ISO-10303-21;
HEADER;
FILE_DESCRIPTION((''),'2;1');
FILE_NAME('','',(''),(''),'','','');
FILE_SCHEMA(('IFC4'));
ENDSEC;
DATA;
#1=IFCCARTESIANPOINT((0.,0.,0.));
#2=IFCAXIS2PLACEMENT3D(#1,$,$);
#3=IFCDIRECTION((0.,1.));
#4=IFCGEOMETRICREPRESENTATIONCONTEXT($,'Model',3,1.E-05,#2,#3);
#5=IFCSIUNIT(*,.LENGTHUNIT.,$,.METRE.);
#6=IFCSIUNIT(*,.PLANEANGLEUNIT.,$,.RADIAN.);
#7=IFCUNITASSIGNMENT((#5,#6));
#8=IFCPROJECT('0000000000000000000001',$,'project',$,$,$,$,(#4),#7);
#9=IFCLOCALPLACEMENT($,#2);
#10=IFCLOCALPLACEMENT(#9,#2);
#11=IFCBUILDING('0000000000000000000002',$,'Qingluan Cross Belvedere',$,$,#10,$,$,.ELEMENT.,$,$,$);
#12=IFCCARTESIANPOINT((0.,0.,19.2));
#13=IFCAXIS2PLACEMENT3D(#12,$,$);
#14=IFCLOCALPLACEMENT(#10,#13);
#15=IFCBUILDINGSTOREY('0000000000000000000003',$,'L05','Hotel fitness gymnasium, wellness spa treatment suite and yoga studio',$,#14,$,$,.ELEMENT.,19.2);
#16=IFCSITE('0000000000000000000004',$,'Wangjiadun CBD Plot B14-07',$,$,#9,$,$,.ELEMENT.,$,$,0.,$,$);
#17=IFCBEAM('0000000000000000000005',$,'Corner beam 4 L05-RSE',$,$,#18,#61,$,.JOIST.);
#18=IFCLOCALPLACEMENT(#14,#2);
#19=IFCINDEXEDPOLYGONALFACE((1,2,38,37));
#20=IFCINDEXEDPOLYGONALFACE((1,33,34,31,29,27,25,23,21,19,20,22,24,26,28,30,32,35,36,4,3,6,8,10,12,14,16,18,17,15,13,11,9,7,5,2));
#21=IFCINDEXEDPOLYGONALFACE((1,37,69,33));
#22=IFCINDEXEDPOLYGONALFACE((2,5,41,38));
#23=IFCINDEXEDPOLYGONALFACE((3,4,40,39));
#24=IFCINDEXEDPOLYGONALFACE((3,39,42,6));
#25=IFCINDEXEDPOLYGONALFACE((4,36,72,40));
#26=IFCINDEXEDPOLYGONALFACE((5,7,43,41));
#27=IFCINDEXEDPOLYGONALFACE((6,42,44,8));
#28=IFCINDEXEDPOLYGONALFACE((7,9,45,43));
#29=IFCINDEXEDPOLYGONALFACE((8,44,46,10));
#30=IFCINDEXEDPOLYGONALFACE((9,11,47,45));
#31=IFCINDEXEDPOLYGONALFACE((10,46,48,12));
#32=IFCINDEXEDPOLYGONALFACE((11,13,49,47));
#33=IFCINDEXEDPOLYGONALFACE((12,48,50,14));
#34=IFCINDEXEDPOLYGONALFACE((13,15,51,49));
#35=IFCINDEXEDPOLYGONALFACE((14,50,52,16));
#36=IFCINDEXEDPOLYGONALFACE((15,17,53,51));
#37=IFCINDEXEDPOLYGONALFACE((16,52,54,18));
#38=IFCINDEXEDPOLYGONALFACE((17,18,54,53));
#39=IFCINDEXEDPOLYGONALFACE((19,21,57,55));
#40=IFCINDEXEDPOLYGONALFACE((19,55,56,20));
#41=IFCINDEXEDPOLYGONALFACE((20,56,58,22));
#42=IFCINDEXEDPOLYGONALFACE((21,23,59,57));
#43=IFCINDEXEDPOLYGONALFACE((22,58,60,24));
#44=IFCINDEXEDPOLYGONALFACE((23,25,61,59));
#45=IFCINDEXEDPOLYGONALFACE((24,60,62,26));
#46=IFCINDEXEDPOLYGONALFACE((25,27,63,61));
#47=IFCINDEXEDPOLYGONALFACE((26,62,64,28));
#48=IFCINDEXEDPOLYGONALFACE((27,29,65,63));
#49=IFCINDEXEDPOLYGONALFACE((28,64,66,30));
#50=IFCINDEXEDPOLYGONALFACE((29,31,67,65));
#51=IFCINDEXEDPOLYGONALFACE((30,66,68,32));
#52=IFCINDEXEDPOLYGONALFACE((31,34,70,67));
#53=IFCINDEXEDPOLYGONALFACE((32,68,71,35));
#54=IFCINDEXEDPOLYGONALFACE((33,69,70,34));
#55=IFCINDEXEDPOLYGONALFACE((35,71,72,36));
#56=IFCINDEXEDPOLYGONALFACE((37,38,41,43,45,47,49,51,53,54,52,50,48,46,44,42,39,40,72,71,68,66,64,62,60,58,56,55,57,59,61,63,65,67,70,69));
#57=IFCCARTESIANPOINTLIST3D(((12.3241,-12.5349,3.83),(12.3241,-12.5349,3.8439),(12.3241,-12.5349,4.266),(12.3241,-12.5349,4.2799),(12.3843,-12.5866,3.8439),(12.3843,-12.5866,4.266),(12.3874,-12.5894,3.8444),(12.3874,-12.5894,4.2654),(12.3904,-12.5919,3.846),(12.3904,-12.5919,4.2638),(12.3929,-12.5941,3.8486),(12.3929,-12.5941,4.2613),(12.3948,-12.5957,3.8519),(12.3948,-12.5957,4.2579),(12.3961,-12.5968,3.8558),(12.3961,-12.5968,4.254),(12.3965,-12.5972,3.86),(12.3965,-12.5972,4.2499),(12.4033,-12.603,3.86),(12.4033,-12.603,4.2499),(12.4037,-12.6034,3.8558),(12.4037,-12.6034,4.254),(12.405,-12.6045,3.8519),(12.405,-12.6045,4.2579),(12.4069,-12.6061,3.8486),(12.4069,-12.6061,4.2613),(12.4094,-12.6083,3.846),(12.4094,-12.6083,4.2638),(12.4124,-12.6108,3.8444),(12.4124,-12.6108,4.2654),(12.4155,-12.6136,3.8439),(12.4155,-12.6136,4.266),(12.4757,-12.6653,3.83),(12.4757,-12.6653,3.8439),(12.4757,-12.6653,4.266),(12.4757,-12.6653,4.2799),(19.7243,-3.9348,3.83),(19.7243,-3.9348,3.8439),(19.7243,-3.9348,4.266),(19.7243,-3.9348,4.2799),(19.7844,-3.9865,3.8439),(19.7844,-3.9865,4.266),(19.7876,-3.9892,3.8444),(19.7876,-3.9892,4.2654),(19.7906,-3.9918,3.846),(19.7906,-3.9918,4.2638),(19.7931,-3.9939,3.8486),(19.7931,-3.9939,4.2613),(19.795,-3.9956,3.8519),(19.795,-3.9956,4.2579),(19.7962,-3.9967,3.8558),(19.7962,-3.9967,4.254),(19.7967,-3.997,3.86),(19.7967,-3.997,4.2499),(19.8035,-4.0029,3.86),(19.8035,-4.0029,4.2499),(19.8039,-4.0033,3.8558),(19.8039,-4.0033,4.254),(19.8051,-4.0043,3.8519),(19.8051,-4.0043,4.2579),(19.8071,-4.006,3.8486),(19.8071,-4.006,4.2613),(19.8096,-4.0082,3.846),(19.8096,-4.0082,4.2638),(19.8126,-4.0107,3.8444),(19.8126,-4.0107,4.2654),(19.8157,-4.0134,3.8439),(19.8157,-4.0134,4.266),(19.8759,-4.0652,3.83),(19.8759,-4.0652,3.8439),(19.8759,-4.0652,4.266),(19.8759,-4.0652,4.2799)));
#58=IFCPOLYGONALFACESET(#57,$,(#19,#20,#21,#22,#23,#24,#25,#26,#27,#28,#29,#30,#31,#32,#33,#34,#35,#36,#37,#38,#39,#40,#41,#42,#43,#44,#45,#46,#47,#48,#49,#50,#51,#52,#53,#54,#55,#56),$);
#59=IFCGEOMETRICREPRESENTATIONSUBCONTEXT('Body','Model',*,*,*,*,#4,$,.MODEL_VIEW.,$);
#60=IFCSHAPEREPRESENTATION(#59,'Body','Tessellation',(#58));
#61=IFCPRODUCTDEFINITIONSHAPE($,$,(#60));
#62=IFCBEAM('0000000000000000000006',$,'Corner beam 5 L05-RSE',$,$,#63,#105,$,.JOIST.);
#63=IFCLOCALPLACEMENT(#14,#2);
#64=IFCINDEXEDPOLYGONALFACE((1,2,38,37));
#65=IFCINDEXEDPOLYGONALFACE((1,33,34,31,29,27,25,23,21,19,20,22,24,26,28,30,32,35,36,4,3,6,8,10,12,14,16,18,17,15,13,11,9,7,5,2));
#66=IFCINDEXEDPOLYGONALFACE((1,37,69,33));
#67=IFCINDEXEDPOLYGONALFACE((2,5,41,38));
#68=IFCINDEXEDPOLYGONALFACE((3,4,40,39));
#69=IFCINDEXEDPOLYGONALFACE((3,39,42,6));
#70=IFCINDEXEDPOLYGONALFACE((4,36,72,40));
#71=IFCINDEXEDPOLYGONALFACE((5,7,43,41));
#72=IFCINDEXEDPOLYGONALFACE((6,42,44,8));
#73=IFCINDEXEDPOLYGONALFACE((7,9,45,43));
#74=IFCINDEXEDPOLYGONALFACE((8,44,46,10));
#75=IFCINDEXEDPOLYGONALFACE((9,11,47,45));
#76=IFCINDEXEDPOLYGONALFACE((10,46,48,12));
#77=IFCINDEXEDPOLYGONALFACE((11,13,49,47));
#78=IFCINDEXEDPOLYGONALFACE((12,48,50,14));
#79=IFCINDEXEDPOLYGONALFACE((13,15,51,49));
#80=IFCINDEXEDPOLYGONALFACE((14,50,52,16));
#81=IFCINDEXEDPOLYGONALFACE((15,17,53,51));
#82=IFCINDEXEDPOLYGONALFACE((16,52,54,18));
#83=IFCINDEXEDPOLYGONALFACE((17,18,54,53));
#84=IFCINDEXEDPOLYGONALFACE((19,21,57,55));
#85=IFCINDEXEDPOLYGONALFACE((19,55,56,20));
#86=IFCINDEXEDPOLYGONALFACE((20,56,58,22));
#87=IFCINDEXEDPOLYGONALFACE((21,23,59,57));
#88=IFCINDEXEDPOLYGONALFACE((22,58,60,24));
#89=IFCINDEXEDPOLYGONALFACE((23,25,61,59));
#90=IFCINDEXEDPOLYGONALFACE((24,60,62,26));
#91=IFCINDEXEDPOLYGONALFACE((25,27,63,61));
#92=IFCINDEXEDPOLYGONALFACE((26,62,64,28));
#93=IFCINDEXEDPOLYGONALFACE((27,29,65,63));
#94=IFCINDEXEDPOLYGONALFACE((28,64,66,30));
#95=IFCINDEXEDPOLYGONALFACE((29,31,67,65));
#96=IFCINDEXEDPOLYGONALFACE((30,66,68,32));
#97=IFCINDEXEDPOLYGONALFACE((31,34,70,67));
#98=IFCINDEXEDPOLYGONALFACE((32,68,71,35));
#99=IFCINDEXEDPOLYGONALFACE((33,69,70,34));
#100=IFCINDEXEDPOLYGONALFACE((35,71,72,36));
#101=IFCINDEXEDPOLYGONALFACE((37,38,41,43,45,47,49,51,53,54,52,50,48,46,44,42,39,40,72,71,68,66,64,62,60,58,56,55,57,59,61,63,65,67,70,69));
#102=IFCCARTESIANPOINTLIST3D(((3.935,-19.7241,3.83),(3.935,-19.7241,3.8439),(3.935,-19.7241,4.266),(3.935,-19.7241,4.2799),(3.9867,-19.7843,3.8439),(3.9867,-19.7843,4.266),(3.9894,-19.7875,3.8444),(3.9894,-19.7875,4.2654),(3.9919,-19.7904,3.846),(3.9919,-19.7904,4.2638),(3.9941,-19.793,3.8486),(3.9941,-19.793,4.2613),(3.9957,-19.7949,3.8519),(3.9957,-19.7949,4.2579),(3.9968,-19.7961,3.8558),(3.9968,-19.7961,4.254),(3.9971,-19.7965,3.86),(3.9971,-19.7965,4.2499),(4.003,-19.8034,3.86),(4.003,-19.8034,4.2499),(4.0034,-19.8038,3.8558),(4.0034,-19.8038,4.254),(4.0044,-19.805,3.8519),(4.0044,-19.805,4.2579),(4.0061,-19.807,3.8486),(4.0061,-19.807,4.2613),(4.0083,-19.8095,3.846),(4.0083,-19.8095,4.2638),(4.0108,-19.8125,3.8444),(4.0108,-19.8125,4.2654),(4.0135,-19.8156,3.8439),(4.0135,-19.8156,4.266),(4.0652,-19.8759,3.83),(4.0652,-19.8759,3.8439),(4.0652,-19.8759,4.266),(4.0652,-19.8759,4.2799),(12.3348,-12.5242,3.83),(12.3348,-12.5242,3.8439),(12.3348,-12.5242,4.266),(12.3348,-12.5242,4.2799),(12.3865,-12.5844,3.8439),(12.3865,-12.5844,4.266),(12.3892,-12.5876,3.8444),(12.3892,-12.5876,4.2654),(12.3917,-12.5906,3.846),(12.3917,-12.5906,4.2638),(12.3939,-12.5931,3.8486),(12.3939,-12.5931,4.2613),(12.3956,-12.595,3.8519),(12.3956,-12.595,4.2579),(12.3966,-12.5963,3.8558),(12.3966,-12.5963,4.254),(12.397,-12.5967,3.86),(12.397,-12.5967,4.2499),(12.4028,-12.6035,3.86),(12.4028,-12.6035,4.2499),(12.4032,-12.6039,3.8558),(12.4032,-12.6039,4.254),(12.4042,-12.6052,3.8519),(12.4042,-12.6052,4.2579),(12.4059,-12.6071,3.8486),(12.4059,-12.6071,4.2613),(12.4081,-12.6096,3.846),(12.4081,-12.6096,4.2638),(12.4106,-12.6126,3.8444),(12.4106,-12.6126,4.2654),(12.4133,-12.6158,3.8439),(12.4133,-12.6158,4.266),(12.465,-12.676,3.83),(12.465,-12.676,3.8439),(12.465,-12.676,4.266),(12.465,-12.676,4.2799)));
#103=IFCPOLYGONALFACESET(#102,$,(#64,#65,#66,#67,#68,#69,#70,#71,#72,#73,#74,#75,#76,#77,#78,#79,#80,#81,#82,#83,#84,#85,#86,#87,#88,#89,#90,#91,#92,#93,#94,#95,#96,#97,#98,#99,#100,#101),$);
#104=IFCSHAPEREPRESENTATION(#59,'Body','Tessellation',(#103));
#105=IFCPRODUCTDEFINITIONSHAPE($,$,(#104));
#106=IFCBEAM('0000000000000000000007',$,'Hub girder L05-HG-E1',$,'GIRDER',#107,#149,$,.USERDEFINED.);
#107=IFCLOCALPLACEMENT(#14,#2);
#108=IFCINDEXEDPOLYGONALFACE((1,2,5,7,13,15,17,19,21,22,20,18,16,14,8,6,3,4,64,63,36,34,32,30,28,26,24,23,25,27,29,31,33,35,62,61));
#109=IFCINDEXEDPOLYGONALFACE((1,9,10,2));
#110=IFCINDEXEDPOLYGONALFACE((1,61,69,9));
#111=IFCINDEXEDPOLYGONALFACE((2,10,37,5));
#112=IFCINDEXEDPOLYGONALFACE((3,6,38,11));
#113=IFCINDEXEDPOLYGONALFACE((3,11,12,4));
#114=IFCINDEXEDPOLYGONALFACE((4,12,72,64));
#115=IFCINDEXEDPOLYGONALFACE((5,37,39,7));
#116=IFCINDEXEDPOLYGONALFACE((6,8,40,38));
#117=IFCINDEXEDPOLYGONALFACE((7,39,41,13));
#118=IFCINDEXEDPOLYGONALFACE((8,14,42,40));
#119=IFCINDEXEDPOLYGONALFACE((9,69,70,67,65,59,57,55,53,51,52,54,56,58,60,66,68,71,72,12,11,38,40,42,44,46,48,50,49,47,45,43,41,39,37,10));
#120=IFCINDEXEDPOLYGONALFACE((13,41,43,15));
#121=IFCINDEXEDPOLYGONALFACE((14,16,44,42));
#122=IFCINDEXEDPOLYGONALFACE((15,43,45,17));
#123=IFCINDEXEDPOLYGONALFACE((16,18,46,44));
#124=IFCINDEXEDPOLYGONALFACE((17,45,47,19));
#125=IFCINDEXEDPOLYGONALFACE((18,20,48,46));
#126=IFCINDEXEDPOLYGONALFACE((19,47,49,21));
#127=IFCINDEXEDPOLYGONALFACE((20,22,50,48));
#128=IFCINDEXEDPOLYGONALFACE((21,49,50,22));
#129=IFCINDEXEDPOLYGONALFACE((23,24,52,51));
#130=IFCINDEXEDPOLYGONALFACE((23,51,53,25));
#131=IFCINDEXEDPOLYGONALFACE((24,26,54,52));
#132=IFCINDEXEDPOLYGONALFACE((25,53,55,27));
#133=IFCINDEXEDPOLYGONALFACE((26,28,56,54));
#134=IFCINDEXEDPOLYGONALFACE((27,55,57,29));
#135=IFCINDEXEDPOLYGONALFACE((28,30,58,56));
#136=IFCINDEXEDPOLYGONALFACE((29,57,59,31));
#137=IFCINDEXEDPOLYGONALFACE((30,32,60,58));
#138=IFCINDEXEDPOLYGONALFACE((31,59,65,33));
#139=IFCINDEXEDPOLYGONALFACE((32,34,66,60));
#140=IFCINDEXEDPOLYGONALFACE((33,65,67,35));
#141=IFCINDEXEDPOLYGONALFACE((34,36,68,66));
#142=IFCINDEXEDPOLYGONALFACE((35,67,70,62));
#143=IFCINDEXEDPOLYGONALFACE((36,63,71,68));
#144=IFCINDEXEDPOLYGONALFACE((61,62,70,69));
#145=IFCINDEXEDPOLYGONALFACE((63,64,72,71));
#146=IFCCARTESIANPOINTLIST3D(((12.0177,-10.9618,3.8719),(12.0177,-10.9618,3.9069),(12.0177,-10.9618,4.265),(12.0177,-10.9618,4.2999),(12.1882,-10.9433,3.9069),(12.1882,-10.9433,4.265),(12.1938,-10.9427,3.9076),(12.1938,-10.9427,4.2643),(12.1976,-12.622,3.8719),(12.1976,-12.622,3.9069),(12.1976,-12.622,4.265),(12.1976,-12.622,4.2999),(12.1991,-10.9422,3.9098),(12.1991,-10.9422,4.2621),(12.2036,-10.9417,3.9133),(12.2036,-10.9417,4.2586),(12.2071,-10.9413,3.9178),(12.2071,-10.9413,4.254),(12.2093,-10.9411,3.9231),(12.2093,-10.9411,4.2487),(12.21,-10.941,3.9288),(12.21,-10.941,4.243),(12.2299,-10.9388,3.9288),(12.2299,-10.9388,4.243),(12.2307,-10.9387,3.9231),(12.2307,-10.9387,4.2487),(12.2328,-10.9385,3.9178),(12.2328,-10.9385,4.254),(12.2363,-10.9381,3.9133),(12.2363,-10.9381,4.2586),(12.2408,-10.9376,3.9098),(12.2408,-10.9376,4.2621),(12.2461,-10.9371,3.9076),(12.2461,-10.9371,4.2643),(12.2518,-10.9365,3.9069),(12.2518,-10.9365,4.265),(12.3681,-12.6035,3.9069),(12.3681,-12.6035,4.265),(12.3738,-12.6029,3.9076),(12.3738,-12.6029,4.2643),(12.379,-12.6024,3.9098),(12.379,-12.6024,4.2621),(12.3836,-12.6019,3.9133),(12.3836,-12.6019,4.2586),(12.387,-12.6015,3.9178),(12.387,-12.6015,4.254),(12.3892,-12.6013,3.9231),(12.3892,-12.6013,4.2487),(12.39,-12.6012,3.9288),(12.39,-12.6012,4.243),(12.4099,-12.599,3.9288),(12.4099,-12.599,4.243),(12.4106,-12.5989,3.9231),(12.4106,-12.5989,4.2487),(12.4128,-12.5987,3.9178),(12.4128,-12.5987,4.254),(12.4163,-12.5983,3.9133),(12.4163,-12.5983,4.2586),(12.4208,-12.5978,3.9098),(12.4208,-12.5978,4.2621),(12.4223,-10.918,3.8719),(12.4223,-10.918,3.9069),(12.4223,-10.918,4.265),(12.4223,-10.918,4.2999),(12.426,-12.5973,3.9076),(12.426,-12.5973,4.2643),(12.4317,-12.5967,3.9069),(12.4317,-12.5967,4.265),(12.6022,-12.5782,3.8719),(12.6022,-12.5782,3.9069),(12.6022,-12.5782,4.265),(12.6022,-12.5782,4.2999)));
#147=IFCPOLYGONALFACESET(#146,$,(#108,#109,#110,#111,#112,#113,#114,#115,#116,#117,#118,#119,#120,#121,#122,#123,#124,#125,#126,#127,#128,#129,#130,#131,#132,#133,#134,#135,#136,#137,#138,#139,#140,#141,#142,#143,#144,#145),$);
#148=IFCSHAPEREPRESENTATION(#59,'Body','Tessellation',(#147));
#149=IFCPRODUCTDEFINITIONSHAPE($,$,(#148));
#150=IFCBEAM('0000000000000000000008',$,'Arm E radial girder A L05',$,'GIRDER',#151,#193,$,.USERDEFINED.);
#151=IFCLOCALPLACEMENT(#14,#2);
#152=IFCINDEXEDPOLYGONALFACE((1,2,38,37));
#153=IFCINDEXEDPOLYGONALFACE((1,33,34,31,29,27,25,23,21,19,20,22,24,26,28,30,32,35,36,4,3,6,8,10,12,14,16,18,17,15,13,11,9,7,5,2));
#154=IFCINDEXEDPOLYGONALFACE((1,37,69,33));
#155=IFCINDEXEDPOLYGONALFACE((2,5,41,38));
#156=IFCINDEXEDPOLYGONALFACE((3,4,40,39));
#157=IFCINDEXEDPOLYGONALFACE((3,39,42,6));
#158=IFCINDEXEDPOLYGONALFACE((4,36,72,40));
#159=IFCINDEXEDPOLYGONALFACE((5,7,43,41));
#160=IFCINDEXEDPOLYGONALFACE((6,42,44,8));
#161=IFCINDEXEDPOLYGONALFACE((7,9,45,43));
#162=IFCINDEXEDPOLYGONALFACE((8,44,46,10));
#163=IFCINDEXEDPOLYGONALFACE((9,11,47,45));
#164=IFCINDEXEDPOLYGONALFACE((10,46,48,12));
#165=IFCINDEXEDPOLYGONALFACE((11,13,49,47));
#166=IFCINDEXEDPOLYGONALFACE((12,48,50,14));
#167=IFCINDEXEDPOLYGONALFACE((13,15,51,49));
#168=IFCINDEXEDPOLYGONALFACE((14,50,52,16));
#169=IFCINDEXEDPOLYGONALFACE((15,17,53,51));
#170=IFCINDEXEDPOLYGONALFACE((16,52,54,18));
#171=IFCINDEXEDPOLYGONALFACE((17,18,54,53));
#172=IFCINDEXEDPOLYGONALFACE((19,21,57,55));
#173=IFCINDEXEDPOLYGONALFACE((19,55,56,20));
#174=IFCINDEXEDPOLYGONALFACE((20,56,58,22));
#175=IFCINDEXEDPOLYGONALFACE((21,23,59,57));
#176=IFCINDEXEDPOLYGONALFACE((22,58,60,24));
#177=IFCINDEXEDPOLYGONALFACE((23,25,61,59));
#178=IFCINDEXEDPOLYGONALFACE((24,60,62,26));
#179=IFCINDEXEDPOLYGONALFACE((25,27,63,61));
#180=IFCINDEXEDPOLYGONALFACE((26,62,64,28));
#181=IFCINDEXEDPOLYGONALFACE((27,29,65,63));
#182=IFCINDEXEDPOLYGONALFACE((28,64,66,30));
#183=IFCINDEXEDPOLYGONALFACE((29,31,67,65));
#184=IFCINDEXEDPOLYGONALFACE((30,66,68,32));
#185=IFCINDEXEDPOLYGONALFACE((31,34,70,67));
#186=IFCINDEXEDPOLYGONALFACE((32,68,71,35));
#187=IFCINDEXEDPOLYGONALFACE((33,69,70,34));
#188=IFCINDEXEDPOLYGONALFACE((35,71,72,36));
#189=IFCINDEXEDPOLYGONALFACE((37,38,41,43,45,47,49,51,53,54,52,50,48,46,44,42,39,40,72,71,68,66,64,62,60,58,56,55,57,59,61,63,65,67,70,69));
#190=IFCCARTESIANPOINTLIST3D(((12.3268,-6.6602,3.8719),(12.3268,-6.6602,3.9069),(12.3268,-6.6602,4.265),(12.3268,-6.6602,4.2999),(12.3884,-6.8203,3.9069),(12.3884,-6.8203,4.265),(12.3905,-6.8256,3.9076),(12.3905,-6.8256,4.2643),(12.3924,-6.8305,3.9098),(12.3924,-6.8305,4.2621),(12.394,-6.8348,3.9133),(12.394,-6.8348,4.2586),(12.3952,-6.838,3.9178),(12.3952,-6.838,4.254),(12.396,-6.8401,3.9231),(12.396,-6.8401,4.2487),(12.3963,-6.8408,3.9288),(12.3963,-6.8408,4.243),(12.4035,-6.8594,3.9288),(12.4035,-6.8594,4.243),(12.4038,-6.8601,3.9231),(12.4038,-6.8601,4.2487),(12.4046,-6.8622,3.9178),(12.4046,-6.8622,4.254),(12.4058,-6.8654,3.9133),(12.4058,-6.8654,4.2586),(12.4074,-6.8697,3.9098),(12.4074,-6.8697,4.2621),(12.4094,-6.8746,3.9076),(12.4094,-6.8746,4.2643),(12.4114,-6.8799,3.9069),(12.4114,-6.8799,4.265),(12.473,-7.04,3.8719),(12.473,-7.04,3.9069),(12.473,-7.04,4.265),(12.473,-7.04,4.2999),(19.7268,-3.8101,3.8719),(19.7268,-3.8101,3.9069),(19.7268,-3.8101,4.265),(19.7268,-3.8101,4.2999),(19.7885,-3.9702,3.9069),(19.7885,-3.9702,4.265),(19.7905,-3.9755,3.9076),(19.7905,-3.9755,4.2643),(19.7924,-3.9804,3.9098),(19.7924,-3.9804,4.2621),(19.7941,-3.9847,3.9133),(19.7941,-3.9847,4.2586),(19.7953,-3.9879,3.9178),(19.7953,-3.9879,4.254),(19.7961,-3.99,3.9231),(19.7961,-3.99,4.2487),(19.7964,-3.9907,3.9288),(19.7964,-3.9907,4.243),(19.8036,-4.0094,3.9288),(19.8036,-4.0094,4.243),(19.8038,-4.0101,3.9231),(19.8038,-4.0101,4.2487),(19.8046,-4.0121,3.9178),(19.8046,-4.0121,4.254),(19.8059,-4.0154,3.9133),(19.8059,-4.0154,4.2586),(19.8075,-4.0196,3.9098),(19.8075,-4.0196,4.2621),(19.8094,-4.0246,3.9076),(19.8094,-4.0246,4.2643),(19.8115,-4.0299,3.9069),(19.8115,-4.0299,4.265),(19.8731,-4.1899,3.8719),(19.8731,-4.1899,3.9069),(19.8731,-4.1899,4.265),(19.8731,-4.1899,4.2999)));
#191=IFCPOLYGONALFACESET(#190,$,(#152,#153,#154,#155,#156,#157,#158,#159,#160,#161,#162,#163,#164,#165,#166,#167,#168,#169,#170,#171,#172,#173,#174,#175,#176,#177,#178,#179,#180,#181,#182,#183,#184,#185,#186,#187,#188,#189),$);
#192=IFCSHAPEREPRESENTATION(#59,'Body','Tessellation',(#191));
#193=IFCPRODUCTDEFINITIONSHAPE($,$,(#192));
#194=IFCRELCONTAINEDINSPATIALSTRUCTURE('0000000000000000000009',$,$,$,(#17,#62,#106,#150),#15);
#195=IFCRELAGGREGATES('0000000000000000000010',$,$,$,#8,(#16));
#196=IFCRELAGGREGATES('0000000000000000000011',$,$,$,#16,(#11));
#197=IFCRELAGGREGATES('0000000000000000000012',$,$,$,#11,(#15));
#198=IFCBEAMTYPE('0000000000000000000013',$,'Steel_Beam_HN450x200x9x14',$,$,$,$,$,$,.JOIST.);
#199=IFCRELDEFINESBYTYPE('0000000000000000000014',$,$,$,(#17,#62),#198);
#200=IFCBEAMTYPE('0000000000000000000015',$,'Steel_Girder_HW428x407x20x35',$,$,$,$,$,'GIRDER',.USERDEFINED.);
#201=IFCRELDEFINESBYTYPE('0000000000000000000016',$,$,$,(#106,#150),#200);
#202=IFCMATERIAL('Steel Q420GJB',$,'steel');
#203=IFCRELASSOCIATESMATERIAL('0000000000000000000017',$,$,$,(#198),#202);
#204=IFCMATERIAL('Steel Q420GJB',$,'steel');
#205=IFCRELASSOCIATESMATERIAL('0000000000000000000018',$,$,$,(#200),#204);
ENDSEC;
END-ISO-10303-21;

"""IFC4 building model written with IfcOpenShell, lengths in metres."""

from ifc_helpers import new_model, si_unit, direction, frame, origin, origin_2d, place, context, subcontext, project, spatial, i_section, extrude, material, material_profile, profile_set, type_object, element, save


model = new_model("IFC4")

# Units and contexts
model_context = context("Model", 3, precision=1e-05, world=origin(), true_north=direction((0.0, 1.0)))
body_context = subcontext(model_context, "Body", "Model", "MODEL_VIEW")
ifc_project = project(units=[si_unit("LENGTHUNIT", "METRE"), si_unit("PLANEANGLEUNIT", "RADIAN")], contexts=[model_context])

# Site, building, storey
site_placement = place(None, origin())
site = spatial("IfcSite", under=ifc_project, at=site_placement, Name="Wangjiadun CBD Plot B14-07", CompositionType="ELEMENT", RefElevation=0.0)
building_placement = place(site_placement, origin())
building = spatial("IfcBuilding", under=site, at=building_placement, Name="Qingluan Cross Belvedere", CompositionType="ELEMENT")
storey_placement = place(building_placement, frame((0.0, 0.0, 19.2)))
storey = spatial("IfcBuildingStorey", under=building, at=storey_placement, Name="L05", Description="Hotel fitness gymnasium, wellness spa treatment suite and yoga studio", CompositionType="ELEMENT", Elevation=19.2)

# Beams
ifc_material_1 = material(Name="Steel Q420GJB", Category="steel")
ifc_material_profile_1 = material_profile(ifc_material_1, i_section(OverallWidth=0.2, OverallDepth=0.45, WebThickness=0.009, FlangeThickness=0.0139, FilletRadius=0.0161, at=origin_2d()), Name="HN450x200x9x14")
ifc_profile_set_1 = profile_set([ifc_material_profile_1], Name="Steel Q420GJB")
beam_type_1 = type_object("IfcBeamType", Name="Steel_Beam_HN450x200x9x14", PredefinedType="JOIST", material=ifc_profile_set_1)
beam_1_placement = place(storey_placement, frame((12.3999, -12.6001, 4.0549), z_axis=(0.652245, 0.758008, 0.0), x_axis=(-0.758008, 0.652245, 0.0)))
element("IfcBeam", 1, at=beam_1_placement, inside=storey, type_object=beam_type_1, Name="Corner beam 4 L05-RSE", PredefinedType="JOIST", context=body_context, shape_type="SweptSolid", body=[
    extrude(i_section(OverallWidth=0.2, OverallDepth=0.45, WebThickness=0.009, FlangeThickness=0.0139, FilletRadius=0.0161, at=origin_2d()), origin(), (0.0, 0.0, 1.0), 11.3457),
])
beam_2_placement = place(storey_placement, frame((12.3999, -12.6001, 4.0549), z_axis=(-0.759255, -0.650793, 0.0), x_axis=(0.650793, -0.759255, 0.0)))
element("IfcBeam", 2, at=beam_2_placement, inside=storey, type_object=beam_type_1, Name="Corner beam 5 L05-RSE", PredefinedType="JOIST", context=body_context, shape_type="SweptSolid", body=[
    extrude(i_section(OverallWidth=0.2, OverallDepth=0.45, WebThickness=0.009, FlangeThickness=0.0139, FilletRadius=0.0161, at=origin_2d()), origin(), (0.0, 0.0, 1.0), 11.0632),
])
ifc_material_2 = material(Name="Steel Q420GJB", Category="steel")
ifc_material_profile_2 = material_profile(ifc_material_2, i_section(OverallWidth=0.407, OverallDepth=0.428, WebThickness=0.02, FlangeThickness=0.0349, FilletRadius=0.022, at=origin_2d()), Name="HW428x407x20x35")
ifc_profile_set_2 = profile_set([ifc_material_profile_2], Name="Steel Q420GJB")
beam_type_2 = type_object("IfcBeamType", Name="Steel_Girder_HW428x407x20x35", ElementType="GIRDER", PredefinedType="USERDEFINED", material=ifc_profile_set_2)
beam_3_placement = place(storey_placement, frame((12.3999, -12.6001, 4.0859), z_axis=(-0.107751, 0.994178, 0.0), x_axis=(-0.994178, -0.107751, 0.0)))
element("IfcBeam", 3, at=beam_3_placement, inside=storey, type_object=beam_type_2, Name="Hub girder L05-HG-E1", ObjectType="GIRDER", PredefinedType="USERDEFINED", context=body_context, shape_type="SweptSolid", body=[
    extrude(i_section(OverallWidth=0.407, OverallDepth=0.428, WebThickness=0.02, FlangeThickness=0.0349, FilletRadius=0.022, at=origin_2d()), origin(), (0.0, 0.0, 1.0), 1.6699),
])
beam_4_placement = place(storey_placement, frame((12.3999, -6.8501, 4.0859), z_axis=(0.933181, 0.359406, 0.0), x_axis=(-0.359406, 0.933181, 0.0)))
element("IfcBeam", 4, at=beam_4_placement, inside=storey, type_object=beam_type_2, Name="Arm E radial girder A L05", ObjectType="GIRDER", PredefinedType="USERDEFINED", context=body_context, shape_type="SweptSolid", body=[
    extrude(i_section(OverallWidth=0.407, OverallDepth=0.428, WebThickness=0.02, FlangeThickness=0.0349, FilletRadius=0.022, at=origin_2d()), origin(), (0.0, 0.0, 1.0), 7.9299),
])

save(model, "model.ifc")
